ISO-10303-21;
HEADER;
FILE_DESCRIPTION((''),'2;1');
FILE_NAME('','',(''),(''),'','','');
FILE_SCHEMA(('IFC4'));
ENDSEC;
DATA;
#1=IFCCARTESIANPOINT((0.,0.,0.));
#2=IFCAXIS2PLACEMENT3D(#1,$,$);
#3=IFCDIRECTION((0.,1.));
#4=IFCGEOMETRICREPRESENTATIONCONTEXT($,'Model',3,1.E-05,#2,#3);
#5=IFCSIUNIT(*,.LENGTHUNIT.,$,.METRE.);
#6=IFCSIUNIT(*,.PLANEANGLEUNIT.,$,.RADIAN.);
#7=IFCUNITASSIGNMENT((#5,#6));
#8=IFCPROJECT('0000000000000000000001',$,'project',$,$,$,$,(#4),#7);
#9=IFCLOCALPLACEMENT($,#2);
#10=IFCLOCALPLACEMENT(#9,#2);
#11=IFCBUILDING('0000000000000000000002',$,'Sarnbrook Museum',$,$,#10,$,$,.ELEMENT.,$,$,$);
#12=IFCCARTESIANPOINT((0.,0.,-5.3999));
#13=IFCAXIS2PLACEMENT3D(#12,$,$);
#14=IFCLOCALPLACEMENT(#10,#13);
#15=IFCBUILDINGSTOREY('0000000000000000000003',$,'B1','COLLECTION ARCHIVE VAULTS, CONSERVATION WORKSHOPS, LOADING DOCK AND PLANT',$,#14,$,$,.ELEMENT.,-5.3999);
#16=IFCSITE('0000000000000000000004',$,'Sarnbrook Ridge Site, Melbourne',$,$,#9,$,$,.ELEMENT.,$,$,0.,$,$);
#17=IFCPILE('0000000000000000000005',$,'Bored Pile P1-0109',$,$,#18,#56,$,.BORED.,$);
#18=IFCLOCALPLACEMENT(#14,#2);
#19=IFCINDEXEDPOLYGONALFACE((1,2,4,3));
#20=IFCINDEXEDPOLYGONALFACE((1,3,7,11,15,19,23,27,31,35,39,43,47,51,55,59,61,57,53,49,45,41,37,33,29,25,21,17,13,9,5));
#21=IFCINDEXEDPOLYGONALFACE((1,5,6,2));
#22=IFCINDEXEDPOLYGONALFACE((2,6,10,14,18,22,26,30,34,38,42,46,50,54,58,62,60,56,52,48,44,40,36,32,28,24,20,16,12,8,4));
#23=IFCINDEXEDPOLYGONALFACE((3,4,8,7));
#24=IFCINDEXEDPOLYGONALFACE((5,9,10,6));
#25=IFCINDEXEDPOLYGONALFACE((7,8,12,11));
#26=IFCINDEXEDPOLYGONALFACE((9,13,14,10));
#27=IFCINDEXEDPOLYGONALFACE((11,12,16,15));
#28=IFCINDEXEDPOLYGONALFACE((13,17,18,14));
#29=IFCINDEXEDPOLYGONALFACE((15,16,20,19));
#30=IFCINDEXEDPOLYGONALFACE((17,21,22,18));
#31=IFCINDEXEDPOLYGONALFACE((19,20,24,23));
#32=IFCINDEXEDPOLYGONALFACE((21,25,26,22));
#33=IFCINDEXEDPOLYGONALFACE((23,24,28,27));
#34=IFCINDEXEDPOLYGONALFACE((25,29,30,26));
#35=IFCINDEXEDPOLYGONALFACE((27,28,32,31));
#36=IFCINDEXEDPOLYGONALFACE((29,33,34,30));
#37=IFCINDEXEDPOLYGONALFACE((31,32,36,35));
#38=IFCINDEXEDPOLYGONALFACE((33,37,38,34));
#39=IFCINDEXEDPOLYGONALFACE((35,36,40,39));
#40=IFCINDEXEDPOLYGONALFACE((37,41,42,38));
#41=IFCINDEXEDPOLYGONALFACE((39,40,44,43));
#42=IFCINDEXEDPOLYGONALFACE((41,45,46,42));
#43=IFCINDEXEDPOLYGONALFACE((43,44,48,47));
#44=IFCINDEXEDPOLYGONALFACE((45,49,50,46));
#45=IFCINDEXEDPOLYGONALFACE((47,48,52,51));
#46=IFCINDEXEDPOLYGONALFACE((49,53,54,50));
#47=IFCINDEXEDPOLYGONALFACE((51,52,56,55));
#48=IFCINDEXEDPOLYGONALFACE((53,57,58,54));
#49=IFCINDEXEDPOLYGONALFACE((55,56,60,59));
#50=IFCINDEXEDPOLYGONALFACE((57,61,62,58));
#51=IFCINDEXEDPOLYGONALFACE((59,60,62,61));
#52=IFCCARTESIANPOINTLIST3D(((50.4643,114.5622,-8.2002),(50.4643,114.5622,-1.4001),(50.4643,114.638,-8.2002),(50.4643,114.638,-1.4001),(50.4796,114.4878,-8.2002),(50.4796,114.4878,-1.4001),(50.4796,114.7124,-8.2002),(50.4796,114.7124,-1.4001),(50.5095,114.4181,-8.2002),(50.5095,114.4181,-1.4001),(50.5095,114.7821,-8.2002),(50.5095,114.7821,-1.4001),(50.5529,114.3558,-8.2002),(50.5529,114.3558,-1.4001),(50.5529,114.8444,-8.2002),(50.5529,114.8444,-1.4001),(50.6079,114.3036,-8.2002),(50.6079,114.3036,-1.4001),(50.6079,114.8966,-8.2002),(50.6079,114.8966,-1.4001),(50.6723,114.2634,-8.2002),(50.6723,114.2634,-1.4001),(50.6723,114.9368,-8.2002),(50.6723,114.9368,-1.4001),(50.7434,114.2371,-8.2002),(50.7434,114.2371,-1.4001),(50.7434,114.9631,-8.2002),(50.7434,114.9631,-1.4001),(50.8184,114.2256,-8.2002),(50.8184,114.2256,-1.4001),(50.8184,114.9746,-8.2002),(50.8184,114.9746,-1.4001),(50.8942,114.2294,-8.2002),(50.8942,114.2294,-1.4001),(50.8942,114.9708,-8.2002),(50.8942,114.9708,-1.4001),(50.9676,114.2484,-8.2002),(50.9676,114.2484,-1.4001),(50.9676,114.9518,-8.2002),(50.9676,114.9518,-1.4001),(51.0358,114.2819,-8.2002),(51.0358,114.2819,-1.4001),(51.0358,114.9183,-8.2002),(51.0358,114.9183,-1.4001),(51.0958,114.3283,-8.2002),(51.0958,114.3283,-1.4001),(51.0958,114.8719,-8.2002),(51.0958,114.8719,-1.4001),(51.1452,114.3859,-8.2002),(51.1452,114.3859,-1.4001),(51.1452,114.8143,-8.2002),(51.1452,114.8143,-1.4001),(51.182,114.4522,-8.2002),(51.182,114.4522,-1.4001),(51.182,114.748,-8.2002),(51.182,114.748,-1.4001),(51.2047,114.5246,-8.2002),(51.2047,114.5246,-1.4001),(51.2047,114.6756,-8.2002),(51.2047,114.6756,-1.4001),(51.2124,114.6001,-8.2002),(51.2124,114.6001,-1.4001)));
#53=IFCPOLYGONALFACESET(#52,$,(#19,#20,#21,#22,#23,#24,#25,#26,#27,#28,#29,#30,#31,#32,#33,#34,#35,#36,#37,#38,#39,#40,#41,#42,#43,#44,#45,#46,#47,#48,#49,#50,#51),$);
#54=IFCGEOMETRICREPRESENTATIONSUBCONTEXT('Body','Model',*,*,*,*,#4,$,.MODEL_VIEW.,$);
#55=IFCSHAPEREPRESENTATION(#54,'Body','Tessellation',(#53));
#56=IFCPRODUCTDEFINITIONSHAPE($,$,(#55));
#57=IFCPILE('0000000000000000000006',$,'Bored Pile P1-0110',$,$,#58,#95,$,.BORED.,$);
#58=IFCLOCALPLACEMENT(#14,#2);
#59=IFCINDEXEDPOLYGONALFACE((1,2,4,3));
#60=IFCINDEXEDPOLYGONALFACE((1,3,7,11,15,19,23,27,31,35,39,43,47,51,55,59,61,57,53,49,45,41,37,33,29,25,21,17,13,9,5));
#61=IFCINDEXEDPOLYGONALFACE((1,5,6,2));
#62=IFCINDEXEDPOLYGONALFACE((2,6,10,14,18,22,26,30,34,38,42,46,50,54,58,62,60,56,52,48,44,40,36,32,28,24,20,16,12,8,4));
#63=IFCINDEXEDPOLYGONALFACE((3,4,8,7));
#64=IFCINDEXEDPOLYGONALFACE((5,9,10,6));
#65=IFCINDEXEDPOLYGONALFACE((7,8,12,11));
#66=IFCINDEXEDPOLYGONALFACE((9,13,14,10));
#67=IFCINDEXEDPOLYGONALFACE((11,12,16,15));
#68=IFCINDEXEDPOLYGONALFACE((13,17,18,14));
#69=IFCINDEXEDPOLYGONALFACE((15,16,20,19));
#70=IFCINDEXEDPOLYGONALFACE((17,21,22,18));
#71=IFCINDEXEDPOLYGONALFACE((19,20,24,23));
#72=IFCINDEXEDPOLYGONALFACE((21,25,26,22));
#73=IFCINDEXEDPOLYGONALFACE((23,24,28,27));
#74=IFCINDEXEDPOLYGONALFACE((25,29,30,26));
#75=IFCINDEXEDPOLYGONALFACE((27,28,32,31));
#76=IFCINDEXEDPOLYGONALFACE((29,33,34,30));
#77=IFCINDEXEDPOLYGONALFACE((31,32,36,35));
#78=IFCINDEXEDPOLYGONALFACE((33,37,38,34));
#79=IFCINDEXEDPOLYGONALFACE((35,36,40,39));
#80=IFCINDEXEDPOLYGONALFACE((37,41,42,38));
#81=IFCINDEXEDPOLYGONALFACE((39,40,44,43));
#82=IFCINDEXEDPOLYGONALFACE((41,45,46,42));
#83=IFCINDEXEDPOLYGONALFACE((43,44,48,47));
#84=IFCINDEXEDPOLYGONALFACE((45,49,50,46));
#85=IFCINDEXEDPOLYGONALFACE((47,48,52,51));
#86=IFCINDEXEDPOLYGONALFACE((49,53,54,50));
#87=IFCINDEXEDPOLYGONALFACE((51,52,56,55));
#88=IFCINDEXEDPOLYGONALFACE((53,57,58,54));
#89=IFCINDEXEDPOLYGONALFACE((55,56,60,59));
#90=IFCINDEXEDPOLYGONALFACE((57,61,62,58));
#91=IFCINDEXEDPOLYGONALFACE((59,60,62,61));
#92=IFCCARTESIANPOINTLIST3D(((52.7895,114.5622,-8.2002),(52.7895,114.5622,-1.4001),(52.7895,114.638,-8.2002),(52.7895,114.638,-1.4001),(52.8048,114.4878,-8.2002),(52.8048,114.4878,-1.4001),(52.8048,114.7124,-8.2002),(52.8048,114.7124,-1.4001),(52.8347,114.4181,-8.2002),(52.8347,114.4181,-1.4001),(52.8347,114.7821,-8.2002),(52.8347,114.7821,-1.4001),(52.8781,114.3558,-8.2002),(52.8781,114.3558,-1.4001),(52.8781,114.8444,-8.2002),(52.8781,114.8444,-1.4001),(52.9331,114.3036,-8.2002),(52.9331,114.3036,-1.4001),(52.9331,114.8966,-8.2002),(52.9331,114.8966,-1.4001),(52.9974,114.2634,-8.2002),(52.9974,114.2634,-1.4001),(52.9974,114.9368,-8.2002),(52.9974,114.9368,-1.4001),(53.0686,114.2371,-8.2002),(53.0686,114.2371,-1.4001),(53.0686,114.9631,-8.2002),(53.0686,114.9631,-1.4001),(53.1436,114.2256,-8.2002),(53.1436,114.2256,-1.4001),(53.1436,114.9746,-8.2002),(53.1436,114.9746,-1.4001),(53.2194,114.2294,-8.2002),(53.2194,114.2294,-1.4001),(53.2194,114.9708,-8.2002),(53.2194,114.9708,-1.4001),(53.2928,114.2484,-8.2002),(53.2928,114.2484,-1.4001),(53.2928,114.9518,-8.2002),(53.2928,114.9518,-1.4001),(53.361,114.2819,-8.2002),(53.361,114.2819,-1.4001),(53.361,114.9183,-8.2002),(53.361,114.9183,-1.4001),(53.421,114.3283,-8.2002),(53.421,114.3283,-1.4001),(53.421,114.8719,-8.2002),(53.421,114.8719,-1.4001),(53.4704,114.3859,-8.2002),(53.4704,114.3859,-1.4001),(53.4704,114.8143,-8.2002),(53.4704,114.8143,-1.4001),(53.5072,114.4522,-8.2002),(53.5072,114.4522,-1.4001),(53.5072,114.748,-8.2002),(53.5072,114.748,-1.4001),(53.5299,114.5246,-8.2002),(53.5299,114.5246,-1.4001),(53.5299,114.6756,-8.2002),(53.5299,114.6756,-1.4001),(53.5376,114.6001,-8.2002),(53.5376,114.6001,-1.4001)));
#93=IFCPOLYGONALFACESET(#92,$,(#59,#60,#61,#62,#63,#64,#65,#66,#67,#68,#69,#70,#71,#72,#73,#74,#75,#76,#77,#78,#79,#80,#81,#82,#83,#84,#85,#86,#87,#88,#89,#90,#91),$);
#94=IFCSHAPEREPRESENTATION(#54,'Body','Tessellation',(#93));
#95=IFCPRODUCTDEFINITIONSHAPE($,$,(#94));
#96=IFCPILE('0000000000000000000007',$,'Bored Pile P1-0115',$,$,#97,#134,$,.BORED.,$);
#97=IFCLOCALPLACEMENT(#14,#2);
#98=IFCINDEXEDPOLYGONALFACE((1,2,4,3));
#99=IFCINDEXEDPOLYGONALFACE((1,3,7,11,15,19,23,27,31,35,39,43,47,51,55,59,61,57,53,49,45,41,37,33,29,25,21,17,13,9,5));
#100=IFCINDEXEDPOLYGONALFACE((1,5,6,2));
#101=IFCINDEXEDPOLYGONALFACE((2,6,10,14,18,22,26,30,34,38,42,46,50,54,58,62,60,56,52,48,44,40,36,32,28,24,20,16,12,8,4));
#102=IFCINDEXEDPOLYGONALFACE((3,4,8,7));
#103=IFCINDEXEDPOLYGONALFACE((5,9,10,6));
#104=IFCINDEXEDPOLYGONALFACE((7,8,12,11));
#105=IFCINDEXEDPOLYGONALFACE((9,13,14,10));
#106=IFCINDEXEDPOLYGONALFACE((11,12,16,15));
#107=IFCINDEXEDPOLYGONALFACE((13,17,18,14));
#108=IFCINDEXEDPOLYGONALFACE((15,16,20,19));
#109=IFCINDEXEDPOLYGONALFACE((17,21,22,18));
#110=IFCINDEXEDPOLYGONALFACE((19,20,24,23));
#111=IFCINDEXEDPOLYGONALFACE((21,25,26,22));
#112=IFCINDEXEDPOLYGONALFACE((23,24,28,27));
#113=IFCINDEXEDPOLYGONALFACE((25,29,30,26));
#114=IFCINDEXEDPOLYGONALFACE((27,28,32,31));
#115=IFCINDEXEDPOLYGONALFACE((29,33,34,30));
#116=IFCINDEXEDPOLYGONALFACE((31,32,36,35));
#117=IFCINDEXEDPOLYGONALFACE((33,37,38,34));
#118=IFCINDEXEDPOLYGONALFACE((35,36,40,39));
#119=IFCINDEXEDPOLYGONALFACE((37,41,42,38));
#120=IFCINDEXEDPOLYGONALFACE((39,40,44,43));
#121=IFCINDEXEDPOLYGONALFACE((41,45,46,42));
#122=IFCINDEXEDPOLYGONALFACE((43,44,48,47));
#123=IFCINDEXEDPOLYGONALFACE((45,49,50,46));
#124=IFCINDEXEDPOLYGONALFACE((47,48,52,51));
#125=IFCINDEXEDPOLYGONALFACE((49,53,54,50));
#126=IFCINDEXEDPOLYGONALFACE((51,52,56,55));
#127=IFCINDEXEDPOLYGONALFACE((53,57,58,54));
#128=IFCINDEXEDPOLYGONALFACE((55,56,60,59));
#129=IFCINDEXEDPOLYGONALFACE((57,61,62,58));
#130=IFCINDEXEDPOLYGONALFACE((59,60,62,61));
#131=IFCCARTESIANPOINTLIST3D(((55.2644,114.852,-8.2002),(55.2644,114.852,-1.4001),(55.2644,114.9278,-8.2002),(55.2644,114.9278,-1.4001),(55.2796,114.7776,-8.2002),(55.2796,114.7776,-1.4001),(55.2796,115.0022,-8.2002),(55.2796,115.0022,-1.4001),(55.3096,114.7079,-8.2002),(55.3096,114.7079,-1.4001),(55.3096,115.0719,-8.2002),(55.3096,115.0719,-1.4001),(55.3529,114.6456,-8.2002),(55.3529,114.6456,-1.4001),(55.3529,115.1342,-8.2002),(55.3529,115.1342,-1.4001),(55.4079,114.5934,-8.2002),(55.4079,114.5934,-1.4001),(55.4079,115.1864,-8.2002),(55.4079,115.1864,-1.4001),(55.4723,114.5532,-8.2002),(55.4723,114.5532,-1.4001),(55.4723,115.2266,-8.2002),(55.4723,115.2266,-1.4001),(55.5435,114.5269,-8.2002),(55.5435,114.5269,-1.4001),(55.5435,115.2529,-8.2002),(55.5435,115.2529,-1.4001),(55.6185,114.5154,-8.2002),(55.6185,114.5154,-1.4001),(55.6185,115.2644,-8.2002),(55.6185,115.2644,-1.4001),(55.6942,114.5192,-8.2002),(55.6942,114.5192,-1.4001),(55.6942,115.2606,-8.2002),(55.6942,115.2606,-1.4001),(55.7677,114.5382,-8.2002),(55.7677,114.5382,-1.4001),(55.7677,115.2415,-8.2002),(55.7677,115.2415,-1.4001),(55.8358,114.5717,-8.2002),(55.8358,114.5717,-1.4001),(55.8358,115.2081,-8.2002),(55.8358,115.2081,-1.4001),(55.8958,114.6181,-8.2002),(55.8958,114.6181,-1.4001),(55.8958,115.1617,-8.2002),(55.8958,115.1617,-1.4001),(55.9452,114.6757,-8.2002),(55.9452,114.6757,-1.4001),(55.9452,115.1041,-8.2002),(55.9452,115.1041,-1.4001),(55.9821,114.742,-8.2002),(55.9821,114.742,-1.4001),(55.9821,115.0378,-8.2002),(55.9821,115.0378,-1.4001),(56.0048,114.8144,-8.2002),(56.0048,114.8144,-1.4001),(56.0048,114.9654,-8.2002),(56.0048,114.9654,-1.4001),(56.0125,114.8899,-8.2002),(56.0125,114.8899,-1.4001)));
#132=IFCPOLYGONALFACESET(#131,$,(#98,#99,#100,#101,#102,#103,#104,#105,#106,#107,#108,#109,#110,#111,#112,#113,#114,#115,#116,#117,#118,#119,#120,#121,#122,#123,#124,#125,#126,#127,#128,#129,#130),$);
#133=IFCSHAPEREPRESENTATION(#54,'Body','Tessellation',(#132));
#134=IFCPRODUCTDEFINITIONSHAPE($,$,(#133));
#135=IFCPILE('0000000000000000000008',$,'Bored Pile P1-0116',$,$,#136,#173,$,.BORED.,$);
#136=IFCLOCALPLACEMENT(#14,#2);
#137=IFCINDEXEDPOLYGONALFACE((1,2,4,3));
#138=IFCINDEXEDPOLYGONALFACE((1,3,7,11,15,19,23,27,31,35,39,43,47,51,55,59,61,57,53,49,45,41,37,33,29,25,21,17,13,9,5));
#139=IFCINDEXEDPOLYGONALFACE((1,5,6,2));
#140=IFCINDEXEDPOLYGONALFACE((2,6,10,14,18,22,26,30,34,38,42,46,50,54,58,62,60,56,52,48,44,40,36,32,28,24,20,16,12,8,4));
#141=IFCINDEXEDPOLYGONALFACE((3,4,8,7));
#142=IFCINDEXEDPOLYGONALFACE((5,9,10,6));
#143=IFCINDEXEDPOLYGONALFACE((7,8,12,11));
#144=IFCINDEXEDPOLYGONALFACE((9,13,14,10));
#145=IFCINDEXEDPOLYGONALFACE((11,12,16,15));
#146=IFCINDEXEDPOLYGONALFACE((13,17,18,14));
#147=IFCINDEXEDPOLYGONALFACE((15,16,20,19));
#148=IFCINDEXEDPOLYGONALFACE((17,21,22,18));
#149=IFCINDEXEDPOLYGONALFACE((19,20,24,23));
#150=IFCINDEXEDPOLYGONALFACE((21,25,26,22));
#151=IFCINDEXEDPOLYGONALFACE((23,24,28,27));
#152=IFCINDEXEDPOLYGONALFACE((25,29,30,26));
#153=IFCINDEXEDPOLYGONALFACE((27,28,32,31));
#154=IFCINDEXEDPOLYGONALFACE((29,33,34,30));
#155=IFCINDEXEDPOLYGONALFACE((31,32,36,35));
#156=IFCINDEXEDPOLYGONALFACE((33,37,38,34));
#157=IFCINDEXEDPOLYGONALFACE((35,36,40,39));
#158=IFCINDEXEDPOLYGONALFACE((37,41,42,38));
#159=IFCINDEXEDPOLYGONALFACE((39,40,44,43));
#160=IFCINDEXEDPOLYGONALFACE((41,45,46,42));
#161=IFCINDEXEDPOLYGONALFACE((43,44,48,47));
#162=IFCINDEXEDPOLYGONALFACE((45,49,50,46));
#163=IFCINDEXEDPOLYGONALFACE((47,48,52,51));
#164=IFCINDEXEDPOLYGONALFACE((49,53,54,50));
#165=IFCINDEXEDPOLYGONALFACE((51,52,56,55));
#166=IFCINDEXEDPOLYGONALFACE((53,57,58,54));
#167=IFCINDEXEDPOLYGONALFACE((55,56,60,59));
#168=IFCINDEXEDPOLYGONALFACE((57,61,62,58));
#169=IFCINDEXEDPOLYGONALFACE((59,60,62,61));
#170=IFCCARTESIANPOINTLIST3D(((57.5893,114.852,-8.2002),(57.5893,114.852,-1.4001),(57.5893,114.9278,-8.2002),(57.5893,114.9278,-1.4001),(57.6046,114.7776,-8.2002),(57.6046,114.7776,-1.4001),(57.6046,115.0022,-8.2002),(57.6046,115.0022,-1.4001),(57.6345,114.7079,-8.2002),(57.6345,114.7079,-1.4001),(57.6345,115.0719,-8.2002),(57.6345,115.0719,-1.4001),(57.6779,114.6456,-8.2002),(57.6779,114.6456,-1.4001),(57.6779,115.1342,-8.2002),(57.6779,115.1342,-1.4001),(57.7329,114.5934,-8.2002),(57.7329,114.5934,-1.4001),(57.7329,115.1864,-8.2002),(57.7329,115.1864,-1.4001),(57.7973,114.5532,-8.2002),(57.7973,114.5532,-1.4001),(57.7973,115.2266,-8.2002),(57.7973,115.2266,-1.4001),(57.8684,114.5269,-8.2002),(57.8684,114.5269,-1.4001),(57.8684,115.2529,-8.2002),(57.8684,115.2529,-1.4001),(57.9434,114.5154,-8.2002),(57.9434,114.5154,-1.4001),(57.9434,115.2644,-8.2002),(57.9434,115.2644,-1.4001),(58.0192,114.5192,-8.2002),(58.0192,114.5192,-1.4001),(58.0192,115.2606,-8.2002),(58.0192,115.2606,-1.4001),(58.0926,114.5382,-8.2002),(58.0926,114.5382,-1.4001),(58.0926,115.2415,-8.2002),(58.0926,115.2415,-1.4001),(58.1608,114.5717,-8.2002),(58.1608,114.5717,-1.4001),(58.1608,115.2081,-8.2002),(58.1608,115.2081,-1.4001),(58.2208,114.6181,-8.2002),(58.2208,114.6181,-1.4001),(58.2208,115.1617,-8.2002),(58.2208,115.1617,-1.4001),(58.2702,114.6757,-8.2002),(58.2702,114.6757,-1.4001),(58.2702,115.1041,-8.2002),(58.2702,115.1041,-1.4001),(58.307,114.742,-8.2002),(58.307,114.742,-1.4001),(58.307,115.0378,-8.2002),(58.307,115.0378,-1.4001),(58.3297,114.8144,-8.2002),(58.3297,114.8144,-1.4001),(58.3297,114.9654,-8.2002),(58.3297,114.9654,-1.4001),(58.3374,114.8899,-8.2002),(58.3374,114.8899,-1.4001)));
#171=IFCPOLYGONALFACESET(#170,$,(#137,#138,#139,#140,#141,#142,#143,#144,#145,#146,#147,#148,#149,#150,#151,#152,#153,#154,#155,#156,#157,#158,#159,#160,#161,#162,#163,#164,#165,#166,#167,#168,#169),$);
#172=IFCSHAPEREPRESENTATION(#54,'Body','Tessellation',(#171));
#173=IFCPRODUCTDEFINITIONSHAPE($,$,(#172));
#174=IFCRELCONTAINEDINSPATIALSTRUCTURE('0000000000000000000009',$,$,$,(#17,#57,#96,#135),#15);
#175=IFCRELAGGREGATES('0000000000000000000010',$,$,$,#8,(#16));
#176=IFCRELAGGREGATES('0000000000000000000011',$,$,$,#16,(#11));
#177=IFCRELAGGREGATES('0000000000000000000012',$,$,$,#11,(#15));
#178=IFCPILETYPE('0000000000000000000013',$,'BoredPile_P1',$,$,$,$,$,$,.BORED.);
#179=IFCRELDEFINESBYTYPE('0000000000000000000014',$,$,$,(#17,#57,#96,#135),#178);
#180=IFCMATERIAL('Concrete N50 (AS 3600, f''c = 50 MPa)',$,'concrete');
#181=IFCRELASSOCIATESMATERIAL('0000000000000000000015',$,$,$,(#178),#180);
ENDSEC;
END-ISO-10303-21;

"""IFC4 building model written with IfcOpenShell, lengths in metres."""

from ifc_helpers import new_model, si_unit, direction, frame, origin, origin_2d, place, context, subcontext, project, spatial, circle, extrude, material, material_profile, profile_set, type_object, element, save


model = new_model("IFC4")

# Units and contexts
model_context = context("Model", 3, precision=1e-05, world=origin(), true_north=direction((0.0, 1.0)))
body_context = subcontext(model_context, "Body", "Model", "MODEL_VIEW")
ifc_project = project(units=[si_unit("LENGTHUNIT", "METRE"), si_unit("PLANEANGLEUNIT", "RADIAN")], contexts=[model_context])

# Site, building, storey
site_placement = place(None, origin())
site = spatial("IfcSite", under=ifc_project, at=site_placement, Name="Sarnbrook Ridge Site, Melbourne", CompositionType="ELEMENT", RefElevation=0.0)
building_placement = place(site_placement, origin())
building = spatial("IfcBuilding", under=site, at=building_placement, Name="Sarnbrook Museum", CompositionType="ELEMENT")
storey_placement = place(building_placement, frame((0.0, 0.0, -5.3999)))
storey = spatial("IfcBuildingStorey", under=building, at=storey_placement, Name="B1", Description="COLLECTION ARCHIVE VAULTS, CONSERVATION WORKSHOPS, LOADING DOCK AND PLANT", CompositionType="ELEMENT", Elevation=-5.3999)

# Piles
ifc_material_1 = material(Name="Concrete N50 (AS 3600, f'c = 50 MPa)", Category="concrete")
ifc_material_profile_1 = material_profile(ifc_material_1, circle(Radius=0.375, at=origin_2d()), Name="BORED PILE D750")
ifc_profile_set_1 = profile_set([ifc_material_profile_1], Name="Concrete N50 (AS 3600, f'c = 50 MPa)")
pile_type_1 = type_object("IfcPileType", Name="BoredPile_P1", PredefinedType="BORED", material=ifc_profile_set_1)
for number, where, z_axis, x_axis, name in (
    (1, (50.8374, 114.6001, -1.4001), (0.0, 0.0, -1.0), (1.0, 0.0, 0.0), "Bored Pile P1-0109"),
    (2, (53.1626, 114.6001, -1.4001), (0.0, 0.0, -1.0), (1.0, 0.0, 0.0), "Bored Pile P1-0110"),
    (3, (55.6375, 114.8899, -1.4001), (0.0, 0.0, -1.0), (1.0, 0.0, 0.0), "Bored Pile P1-0115"),
    (4, (57.9624, 114.8899, -1.4001), (0.0, 0.0, -1.0), (1.0, 0.0, 0.0), "Bored Pile P1-0116"),
):
    element("IfcPile", number, at=place(storey_placement, frame(where, z_axis=z_axis, x_axis=x_axis)), inside=storey, type_object=pile_type_1, Name=name, PredefinedType="BORED", context=body_context, shape_type="SweptSolid", body=[
        extrude(circle(Radius=0.375, at=origin_2d()), origin(), (0.0, 0.0, 1.0), 6.8),
    ])

save(model, "model.ifc")
